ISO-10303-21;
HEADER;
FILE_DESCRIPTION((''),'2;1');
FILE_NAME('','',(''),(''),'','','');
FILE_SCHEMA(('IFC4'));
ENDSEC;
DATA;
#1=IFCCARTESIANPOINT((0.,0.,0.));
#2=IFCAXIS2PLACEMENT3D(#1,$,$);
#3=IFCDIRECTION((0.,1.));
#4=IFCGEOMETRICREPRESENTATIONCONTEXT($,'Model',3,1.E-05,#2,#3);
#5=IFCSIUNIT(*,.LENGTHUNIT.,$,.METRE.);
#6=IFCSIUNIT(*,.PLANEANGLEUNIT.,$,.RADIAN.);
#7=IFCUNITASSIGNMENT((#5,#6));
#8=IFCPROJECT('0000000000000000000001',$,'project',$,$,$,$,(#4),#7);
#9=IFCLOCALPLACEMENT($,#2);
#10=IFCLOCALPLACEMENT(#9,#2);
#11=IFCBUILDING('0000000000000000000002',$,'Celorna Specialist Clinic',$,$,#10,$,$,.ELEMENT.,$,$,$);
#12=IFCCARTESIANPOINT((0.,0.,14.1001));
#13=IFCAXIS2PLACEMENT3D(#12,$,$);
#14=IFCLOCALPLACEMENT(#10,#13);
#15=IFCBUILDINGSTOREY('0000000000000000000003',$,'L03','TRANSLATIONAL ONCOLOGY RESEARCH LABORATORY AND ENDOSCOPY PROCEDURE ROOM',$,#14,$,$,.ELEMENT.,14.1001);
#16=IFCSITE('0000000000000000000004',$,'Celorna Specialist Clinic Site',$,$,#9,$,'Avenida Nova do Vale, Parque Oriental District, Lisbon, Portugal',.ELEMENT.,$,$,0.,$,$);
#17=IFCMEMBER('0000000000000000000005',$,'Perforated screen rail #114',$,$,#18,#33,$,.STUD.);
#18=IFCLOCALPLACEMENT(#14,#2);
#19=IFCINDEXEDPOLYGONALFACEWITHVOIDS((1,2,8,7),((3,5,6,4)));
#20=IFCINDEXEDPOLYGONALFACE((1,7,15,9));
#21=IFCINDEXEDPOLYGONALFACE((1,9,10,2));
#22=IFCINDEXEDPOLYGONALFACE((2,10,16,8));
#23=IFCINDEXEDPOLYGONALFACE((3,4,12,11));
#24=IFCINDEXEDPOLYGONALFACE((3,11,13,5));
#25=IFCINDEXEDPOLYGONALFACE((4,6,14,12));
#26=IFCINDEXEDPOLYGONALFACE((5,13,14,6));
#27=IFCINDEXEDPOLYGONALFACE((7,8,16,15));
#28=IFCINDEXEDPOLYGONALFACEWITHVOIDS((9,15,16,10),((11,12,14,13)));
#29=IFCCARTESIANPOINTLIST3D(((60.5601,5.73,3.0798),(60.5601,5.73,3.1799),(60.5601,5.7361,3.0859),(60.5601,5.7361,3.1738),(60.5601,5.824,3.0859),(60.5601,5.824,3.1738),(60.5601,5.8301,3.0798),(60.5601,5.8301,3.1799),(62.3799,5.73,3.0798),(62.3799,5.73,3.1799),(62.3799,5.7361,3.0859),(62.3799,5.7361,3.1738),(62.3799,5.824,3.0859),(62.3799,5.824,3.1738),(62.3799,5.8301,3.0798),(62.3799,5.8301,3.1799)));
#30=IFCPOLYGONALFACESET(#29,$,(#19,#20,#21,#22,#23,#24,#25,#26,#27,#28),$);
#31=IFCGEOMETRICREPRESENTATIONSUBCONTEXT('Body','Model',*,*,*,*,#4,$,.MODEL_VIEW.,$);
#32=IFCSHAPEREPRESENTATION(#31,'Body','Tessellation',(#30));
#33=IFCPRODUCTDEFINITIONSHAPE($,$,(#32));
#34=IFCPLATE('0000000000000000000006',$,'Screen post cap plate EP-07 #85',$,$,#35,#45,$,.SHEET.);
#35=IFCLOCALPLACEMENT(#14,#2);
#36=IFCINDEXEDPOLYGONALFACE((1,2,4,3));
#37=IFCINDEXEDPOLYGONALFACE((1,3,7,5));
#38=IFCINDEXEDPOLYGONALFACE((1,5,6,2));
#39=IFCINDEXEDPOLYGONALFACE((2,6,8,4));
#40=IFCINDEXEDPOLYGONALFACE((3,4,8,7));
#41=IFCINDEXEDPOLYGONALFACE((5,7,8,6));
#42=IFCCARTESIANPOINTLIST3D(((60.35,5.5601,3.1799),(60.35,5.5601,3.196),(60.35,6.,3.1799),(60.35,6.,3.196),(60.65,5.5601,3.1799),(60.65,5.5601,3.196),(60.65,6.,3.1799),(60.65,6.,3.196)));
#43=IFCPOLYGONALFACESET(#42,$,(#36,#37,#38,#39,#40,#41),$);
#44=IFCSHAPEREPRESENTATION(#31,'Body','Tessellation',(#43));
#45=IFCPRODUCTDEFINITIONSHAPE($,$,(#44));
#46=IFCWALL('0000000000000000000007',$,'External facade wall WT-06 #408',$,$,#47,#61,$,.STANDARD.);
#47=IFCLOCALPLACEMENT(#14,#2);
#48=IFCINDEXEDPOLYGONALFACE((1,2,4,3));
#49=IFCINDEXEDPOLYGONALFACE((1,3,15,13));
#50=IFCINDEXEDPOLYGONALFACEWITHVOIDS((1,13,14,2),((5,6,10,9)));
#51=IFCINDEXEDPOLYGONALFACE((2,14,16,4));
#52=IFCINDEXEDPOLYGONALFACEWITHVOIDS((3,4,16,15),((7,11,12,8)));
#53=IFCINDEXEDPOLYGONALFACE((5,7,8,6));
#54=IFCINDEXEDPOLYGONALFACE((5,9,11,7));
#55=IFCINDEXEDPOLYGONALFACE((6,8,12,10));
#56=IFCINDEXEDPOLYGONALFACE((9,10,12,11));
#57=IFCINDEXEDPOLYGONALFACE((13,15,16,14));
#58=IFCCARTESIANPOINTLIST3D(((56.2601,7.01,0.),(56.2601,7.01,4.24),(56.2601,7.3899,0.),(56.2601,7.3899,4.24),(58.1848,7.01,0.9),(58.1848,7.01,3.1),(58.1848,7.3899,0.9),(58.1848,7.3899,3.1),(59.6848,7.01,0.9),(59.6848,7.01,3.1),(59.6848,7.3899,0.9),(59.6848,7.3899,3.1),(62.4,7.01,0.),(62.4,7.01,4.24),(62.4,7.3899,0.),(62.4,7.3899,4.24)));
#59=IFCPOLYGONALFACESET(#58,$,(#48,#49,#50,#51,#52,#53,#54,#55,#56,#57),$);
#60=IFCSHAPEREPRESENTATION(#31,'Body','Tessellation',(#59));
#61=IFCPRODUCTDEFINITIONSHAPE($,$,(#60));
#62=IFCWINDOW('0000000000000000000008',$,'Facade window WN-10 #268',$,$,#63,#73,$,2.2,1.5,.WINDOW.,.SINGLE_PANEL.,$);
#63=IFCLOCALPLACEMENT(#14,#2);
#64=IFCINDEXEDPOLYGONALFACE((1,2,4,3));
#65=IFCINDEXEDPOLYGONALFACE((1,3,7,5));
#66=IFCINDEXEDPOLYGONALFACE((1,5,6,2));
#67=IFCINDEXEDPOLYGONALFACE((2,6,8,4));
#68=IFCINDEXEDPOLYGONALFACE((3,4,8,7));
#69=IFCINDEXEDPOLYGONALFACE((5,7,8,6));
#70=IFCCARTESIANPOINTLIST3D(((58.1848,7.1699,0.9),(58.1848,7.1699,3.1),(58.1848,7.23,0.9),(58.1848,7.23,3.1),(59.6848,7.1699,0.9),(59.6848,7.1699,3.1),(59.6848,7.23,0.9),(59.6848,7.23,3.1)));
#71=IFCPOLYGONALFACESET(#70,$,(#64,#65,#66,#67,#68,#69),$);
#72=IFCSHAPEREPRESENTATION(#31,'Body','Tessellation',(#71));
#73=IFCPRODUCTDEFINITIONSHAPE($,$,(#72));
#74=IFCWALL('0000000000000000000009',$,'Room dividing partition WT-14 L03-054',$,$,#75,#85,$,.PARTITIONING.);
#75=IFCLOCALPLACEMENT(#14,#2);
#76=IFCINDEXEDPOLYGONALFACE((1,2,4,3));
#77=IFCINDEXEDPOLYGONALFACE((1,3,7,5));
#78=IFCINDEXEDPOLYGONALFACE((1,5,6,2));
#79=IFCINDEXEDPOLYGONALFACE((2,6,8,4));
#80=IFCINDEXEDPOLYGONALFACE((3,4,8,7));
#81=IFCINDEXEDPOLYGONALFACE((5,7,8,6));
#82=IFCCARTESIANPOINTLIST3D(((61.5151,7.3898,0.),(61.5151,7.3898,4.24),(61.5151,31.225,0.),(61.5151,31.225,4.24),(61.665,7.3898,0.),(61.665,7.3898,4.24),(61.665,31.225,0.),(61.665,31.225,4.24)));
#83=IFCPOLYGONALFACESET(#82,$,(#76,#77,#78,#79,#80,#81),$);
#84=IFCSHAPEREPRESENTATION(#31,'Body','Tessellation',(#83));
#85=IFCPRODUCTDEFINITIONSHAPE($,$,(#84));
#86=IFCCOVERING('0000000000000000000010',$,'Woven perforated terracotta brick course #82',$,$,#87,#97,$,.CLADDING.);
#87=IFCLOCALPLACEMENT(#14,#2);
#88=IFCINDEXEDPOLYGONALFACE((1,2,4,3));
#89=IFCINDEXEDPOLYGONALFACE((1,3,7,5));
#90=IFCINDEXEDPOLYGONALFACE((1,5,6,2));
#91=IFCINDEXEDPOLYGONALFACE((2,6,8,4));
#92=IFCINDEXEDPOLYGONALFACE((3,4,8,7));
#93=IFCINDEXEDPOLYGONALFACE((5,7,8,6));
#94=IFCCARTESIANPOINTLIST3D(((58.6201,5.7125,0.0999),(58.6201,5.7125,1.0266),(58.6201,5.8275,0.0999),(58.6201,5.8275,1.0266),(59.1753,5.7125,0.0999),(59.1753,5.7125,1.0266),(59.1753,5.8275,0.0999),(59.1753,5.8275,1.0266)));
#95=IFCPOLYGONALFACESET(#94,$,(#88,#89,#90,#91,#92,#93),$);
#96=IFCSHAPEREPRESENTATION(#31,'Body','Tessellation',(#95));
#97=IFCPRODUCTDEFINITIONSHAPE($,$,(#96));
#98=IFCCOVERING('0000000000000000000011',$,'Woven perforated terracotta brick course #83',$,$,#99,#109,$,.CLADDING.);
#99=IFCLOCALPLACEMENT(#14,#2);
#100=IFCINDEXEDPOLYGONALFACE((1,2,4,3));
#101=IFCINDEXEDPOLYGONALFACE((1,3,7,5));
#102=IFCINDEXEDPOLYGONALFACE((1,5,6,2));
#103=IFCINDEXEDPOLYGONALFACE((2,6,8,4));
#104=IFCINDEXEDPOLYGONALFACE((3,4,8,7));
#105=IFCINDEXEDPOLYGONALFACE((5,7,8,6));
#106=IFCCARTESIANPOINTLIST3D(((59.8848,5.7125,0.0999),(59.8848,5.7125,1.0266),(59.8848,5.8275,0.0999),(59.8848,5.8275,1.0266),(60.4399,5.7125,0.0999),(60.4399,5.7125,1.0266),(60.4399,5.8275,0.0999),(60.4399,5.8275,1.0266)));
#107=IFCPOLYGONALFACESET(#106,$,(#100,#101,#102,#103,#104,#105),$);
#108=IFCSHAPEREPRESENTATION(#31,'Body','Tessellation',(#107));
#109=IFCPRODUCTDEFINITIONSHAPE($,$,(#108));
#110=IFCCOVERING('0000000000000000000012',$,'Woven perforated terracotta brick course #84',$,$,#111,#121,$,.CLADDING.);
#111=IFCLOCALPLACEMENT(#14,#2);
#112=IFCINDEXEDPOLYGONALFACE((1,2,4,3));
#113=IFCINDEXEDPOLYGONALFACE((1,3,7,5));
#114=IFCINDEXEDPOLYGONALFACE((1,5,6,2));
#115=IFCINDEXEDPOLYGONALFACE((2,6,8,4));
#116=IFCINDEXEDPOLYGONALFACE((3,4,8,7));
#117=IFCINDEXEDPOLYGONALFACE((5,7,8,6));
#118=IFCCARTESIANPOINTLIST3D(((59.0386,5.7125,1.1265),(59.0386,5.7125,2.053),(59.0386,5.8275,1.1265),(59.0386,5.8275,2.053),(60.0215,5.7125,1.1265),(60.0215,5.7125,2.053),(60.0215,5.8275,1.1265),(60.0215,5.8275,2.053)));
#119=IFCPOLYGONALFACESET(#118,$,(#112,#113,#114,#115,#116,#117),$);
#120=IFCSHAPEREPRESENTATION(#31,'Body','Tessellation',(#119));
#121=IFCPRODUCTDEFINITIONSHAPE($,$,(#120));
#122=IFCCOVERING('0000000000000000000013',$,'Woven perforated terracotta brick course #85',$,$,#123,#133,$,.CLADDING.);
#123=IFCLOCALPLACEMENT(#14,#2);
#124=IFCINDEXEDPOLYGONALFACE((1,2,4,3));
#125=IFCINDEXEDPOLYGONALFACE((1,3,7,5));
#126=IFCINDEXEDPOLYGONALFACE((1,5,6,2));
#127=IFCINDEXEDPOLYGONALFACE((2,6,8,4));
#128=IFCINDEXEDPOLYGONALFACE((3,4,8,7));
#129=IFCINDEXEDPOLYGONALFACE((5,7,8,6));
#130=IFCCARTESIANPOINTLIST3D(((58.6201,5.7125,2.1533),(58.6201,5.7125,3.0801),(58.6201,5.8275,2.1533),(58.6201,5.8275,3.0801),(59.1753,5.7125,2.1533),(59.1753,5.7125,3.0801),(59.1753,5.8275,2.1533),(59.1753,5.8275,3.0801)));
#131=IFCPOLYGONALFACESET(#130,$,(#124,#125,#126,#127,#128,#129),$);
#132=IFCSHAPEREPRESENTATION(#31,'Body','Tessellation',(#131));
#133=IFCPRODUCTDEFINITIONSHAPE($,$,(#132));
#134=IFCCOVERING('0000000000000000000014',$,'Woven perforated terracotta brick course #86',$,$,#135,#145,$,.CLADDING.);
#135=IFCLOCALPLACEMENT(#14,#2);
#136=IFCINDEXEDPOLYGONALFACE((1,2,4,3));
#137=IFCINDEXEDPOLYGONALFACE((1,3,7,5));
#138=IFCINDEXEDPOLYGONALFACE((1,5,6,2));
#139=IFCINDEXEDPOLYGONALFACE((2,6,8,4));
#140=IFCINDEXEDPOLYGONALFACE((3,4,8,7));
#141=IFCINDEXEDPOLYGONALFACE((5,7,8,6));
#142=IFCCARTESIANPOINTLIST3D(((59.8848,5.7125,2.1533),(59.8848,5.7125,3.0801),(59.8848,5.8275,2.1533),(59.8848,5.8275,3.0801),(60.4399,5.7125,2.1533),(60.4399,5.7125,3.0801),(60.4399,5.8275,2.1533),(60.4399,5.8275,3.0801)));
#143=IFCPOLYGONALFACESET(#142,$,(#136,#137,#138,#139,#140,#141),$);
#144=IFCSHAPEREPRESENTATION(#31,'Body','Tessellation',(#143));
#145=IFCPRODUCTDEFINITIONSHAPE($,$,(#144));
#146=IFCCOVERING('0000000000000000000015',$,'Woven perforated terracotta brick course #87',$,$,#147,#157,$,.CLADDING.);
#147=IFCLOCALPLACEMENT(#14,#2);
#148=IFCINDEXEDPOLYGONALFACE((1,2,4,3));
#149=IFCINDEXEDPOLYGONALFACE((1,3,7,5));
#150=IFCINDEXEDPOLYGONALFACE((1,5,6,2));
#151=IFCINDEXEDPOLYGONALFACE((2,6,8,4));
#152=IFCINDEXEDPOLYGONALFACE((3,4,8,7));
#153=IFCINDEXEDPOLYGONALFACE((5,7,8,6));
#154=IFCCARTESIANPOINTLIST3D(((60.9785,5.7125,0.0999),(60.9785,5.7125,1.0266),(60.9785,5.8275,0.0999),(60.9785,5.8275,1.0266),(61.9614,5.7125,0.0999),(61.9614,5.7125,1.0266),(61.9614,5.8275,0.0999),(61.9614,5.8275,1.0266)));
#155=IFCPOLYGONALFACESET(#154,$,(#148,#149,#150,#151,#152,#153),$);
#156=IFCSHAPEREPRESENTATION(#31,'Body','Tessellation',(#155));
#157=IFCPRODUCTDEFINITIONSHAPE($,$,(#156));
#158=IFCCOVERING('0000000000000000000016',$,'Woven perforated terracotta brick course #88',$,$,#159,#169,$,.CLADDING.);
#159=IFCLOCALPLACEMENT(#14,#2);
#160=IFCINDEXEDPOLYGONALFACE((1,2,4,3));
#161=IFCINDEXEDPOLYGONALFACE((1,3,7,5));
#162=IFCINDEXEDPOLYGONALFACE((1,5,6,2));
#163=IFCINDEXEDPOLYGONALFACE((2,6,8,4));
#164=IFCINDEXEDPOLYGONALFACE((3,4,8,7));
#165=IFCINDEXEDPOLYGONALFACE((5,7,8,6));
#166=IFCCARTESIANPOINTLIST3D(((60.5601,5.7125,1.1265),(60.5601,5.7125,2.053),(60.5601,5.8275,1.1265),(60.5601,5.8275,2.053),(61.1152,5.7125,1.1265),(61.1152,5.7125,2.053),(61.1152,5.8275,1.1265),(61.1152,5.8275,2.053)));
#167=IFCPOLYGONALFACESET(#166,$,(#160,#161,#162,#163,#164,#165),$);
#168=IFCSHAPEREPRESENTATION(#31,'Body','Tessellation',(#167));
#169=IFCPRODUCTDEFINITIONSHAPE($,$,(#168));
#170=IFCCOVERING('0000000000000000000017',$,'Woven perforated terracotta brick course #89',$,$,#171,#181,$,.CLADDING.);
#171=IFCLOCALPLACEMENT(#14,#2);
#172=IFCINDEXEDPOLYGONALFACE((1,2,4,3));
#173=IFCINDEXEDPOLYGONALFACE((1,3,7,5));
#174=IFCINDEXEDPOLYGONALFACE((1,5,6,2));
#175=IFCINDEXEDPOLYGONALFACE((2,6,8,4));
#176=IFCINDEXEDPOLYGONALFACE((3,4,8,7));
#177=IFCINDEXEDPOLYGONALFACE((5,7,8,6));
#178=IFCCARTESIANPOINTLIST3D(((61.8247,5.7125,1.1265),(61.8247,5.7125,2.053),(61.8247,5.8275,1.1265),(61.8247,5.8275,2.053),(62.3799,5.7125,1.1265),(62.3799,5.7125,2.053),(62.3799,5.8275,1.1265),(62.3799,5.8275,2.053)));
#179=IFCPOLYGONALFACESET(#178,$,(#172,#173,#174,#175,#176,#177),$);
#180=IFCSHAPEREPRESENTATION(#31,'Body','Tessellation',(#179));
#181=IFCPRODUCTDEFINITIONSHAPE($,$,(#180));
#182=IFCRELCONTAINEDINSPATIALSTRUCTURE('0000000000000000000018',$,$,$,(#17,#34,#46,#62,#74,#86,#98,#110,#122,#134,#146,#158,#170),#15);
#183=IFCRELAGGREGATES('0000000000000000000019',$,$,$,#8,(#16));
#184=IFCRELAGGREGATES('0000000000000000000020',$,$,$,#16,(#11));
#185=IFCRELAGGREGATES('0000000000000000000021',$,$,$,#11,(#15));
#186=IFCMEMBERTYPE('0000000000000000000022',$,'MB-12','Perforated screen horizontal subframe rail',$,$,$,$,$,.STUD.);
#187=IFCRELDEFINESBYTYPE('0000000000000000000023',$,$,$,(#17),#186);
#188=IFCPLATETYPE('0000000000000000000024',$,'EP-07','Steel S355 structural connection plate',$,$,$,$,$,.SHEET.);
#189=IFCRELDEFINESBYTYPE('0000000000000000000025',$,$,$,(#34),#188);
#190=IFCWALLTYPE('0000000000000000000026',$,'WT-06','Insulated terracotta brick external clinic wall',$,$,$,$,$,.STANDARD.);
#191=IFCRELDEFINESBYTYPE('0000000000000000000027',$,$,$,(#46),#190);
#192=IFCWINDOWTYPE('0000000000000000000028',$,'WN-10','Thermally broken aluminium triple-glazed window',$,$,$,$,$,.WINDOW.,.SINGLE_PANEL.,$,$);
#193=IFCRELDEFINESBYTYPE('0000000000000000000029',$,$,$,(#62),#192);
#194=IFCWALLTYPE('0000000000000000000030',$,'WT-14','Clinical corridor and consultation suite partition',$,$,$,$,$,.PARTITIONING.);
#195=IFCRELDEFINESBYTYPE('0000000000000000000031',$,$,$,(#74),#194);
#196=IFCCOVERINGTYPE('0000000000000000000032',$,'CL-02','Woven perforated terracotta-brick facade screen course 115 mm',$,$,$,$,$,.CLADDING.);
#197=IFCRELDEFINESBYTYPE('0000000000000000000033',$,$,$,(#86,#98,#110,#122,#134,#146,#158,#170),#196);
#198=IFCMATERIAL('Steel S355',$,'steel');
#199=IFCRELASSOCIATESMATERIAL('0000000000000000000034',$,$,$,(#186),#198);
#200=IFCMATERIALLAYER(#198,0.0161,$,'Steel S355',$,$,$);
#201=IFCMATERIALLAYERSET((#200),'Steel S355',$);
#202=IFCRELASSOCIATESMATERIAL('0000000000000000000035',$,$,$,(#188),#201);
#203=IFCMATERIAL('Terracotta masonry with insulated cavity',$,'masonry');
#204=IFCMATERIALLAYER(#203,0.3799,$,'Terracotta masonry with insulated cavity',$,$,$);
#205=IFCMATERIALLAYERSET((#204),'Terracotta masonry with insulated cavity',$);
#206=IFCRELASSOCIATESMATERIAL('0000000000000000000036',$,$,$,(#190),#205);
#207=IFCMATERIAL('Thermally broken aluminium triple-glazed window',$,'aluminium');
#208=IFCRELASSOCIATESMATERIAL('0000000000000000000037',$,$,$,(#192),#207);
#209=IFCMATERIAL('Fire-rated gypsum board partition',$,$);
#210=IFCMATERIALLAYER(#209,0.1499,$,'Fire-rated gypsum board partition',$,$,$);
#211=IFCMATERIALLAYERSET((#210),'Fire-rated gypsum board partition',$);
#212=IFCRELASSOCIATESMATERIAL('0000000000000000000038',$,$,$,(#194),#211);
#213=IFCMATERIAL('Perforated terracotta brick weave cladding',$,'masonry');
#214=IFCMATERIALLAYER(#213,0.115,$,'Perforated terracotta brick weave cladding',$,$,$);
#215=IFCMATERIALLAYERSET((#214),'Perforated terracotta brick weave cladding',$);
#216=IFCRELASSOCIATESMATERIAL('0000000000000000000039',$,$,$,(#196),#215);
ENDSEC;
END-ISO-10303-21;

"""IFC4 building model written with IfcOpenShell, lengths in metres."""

from ifc_helpers import new_model, si_unit, direction, frame, frame_2d, origin, origin_2d, place, context, subcontext, project, spatial, rectangle, hollow_rectangle, extrude, material, layer, layer_set, material_profile, profile_set, type_object, element, fill, save


model = new_model("IFC4")

# Units and contexts
model_context = context("Model", 3, precision=1e-05, world=origin(), true_north=direction((0.0, 1.0)))
body_context = subcontext(model_context, "Body", "Model", "MODEL_VIEW")
ifc_project = project(units=[si_unit("LENGTHUNIT", "METRE"), si_unit("PLANEANGLEUNIT", "RADIAN")], contexts=[model_context])

# Site, building, storey
site_placement = place(None, origin())
site = spatial("IfcSite", under=ifc_project, at=site_placement, Name="Celorna Specialist Clinic Site", LongName="Avenida Nova do Vale, Parque Oriental District, Lisbon, Portugal", CompositionType="ELEMENT", RefElevation=0.0)
building_placement = place(site_placement, origin())
building = spatial("IfcBuilding", under=site, at=building_placement, Name="Celorna Specialist Clinic", CompositionType="ELEMENT")
storey_placement = place(building_placement, frame((0.0, 0.0, 14.1001)))
storey = spatial("IfcBuildingStorey", under=building, at=storey_placement, Name="L03", Description="TRANSLATIONAL ONCOLOGY RESEARCH LABORATORY AND ENDOSCOPY PROCEDURE ROOM", CompositionType="ELEMENT", Elevation=14.1001)

# Shared definitions
ifc_material_1 = material(Name="Steel S355", Category="steel")

# Member
ifc_material_profile_1 = material_profile(ifc_material_1, hollow_rectangle(XDim=0.1001, YDim=0.1001, WallThickness=0.0061, at=origin_2d()), Name="SHS 100x100x6")
ifc_profile_set_1 = profile_set([ifc_material_profile_1], Name="Steel S355")
member_type_1 = type_object("IfcMemberType", Name="MB-12", Description="Perforated screen horizontal subframe rail", PredefinedType="STUD", material=ifc_profile_set_1)
for number, where, z_axis, x_axis, name in (
    (1, (60.5601, 5.78, 3.1299), (1.0, 0.0, 0.0), (0.0, 1.0, 0.0), "Perforated screen rail #114"),
):
    element("IfcMember", number, at=place(storey_placement, frame(where, z_axis=z_axis, x_axis=x_axis)), inside=storey, type_object=member_type_1, Name=name, PredefinedType="STUD", context=body_context, shape_type="SweptSolid", body=[
        extrude(hollow_rectangle(XDim=0.1001, YDim=0.1001, WallThickness=0.0061, at=origin_2d()), origin(), (0.0, 0.0, 1.0), 1.8198),
    ])

# Plate
ifc_layer_1 = layer(ifc_material_1, 0.0161, Name="Steel S355")
ifc_layer_set_1 = layer_set([ifc_layer_1], Name="Steel S355")
plate_type = type_object("IfcPlateType", Name="EP-07", Description="Steel S355 structural connection plate", PredefinedType="SHEET", material=ifc_layer_set_1)
plate_placement = place(storey_placement, frame((60.5, 5.78, 3.1799), z_axis=(0.0, 0.0, 1.0), x_axis=(1.0, 0.0, 0.0)))
element("IfcPlate", 2, at=plate_placement, inside=storey, type_object=plate_type, Name="Screen post cap plate EP-07 #85", PredefinedType="SHEET", context=body_context, shape_type="SweptSolid", body=[
    extrude(rectangle(XDim=0.3, YDim=0.4399, at=origin_2d()), origin(), (0.0, 0.0, 1.0), 0.0161),
])

# Wall, opening, window
ifc_material_2 = material(Name="Terracotta masonry with insulated cavity", Category="masonry")
ifc_layer_2 = layer(ifc_material_2, 0.3799, Name="Terracotta masonry with insulated cavity")
ifc_layer_set_2 = layer_set([ifc_layer_2], Name="Terracotta masonry with insulated cavity")
wall_type_1 = type_object("IfcWallType", Name="WT-06", Description="Insulated terracotta brick external clinic wall", PredefinedType="STANDARD", material=ifc_layer_set_2)
wall_1_placement = place(storey_placement, frame((62.3999, 7.2, 0.0), z_axis=(0.0, 0.0, 1.0), x_axis=(-1.0, 0.0, 0.0)))
wall_1 = element("IfcWall", 3, at=wall_1_placement, inside=storey, type_object=wall_type_1, Name="External facade wall WT-06 #408", PredefinedType="STANDARD", context=body_context, shape_type="SweptSolid", body=[
    extrude(rectangle(XDim=6.1399, YDim=0.3799, at=frame_2d((3.0698, 0.0))), origin(), (0.0, 0.0, 1.0), 4.24),
])
opening_placement = place(wall_1_placement, frame((2.7151, 0.0, 0.8999)))
opening = element("IfcOpeningElement", 4, at=opening_placement, cuts=wall_1, PredefinedType="OPENING", context=body_context, shape_type="SweptSolid", body=[
    extrude(rectangle(XDim=1.5, YDim=2.2, at=frame_2d((0.75, 1.1001))), frame((0.0, 0.2, 0.0), z_axis=(0.0, -1.0, 0.0), x_axis=(1.0, 0.0, 0.0)), (0.0, 0.0, 1.0), 0.3999),
])
ifc_material_3 = material(Name="Thermally broken aluminium triple-glazed window", Category="aluminium")
window_type = type_object("IfcWindowType", Name="WN-10", Description="Thermally broken aluminium triple-glazed window", PartitioningType="SINGLE_PANEL", PredefinedType="WINDOW", material=ifc_material_3)
window_placement = place(opening_placement, origin())
window = element("IfcWindow", 5, at=window_placement, inside=storey, type_object=window_type, Name="Facade window WN-10 #268", OverallHeight=2.2, OverallWidth=1.5, PartitioningType="SINGLE_PANEL", PredefinedType="WINDOW", context=body_context, shape_type="SweptSolid", body=[
    extrude(rectangle(XDim=1.5, YDim=2.2, at=frame_2d((0.75, 1.1001))), frame((0.0, 0.03, 0.0), z_axis=(0.0, -1.0, 0.0), x_axis=(1.0, 0.0, 0.0)), (0.0, 0.0, 1.0), 0.0601),
])
fill(opening, window)

# Wall
ifc_material_4 = material(Name="Fire-rated gypsum board partition")
ifc_layer_3 = layer(ifc_material_4, 0.1499, Name="Fire-rated gypsum board partition")
ifc_layer_set_3 = layer_set([ifc_layer_3], Name="Fire-rated gypsum board partition")
wall_type_2 = type_object("IfcWallType", Name="WT-14", Description="Clinical corridor and consultation suite partition", PredefinedType="PARTITIONING", material=ifc_layer_set_3)
wall_2_placement = place(storey_placement, frame((61.5901, 7.3899, 0.0), z_axis=(0.0, 0.0, 1.0), x_axis=(0.0, 1.0, 0.0)))
element("IfcWall", 6, at=wall_2_placement, inside=storey, type_object=wall_type_2, Name="Room dividing partition WT-14 L03-054", PredefinedType="PARTITIONING", context=body_context, shape_type="SweptSolid", body=[
    extrude(rectangle(XDim=23.8352, YDim=0.1499, at=frame_2d((11.9175, 0.0))), origin(), (0.0, 0.0, 1.0), 4.24),
])

# Coverings
ifc_material_5 = material(Name="Perforated terracotta brick weave cladding", Category="masonry")
ifc_layer_4 = layer(ifc_material_5, 0.115, Name="Perforated terracotta brick weave cladding")
ifc_layer_set_4 = layer_set([ifc_layer_4], Name="Perforated terracotta brick weave cladding")
covering_type = type_object("IfcCoveringType", Name="CL-02", Description="Woven perforated terracotta-brick facade screen course 115 mm", PredefinedType="CLADDING", material=ifc_layer_set_4)
for number, where, z_axis, x_axis, name in (
    (7, (58.8977, 5.77, 0.0999), (0.0, 0.0, 1.0), (1.0, 0.0, 0.0), "Woven perforated terracotta brick course #82"),
    (8, (60.1624, 5.77, 0.0999), (0.0, 0.0, 1.0), (1.0, 0.0, 0.0), "Woven perforated terracotta brick course #83"),
):
    element("IfcCovering", number, at=place(storey_placement, frame(where, z_axis=z_axis, x_axis=x_axis)), inside=storey, type_object=covering_type, Name=name, PredefinedType="CLADDING", context=body_context, shape_type="SweptSolid", body=[
        extrude(rectangle(XDim=0.5552, YDim=0.115, at=origin_2d()), origin(), (0.0, 0.0, 1.0), 0.9268),
    ])
covering_1_placement = place(storey_placement, frame((59.53, 5.77, 1.1265), z_axis=(0.0, 0.0, 1.0), x_axis=(1.0, 0.0, 0.0)))
element("IfcCovering", 9, at=covering_1_placement, inside=storey, type_object=covering_type, Name="Woven perforated terracotta brick course #84", PredefinedType="CLADDING", context=body_context, shape_type="SweptSolid", body=[
    extrude(rectangle(XDim=0.9829, YDim=0.115, at=origin_2d()), origin(), (0.0, 0.0, 1.0), 0.9265),
])
for number, where, z_axis, x_axis, name in (
    (10, (58.8977, 5.77, 2.1533), (0.0, 0.0, 1.0), (1.0, 0.0, 0.0), "Woven perforated terracotta brick course #85"),
    (11, (60.1624, 5.77, 2.1533), (0.0, 0.0, 1.0), (1.0, 0.0, 0.0), "Woven perforated terracotta brick course #86"),
):
    element("IfcCovering", number, at=place(storey_placement, frame(where, z_axis=z_axis, x_axis=x_axis)), inside=storey, type_object=covering_type, Name=name, PredefinedType="CLADDING", context=body_context, shape_type="SweptSolid", body=[
        extrude(rectangle(XDim=0.5552, YDim=0.115, at=origin_2d()), origin(), (0.0, 0.0, 1.0), 0.9268),
    ])
covering_2_placement = place(storey_placement, frame((61.47, 5.77, 0.0999), z_axis=(0.0, 0.0, 1.0), x_axis=(1.0, 0.0, 0.0)))
element("IfcCovering", 12, at=covering_2_placement, inside=storey, type_object=covering_type, Name="Woven perforated terracotta brick course #87", PredefinedType="CLADDING", context=body_context, shape_type="SweptSolid", body=[
    extrude(rectangle(XDim=0.9829, YDim=0.115, at=origin_2d()), origin(), (0.0, 0.0, 1.0), 0.9268),
])
for number, where, z_axis, x_axis, name in (
    (13, (60.8376, 5.77, 1.1265), (0.0, 0.0, 1.0), (1.0, 0.0, 0.0), "Woven perforated terracotta brick course #88"),
    (14, (62.1023, 5.77, 1.1265), (0.0, 0.0, 1.0), (1.0, 0.0, 0.0), "Woven perforated terracotta brick course #89"),
):
    element("IfcCovering", number, at=place(storey_placement, frame(where, z_axis=z_axis, x_axis=x_axis)), inside=storey, type_object=covering_type, Name=name, PredefinedType="CLADDING", context=body_context, shape_type="SweptSolid", body=[
        extrude(rectangle(XDim=0.5552, YDim=0.115, at=origin_2d()), origin(), (0.0, 0.0, 1.0), 0.9265),
    ])

save(model, "model.ifc")
